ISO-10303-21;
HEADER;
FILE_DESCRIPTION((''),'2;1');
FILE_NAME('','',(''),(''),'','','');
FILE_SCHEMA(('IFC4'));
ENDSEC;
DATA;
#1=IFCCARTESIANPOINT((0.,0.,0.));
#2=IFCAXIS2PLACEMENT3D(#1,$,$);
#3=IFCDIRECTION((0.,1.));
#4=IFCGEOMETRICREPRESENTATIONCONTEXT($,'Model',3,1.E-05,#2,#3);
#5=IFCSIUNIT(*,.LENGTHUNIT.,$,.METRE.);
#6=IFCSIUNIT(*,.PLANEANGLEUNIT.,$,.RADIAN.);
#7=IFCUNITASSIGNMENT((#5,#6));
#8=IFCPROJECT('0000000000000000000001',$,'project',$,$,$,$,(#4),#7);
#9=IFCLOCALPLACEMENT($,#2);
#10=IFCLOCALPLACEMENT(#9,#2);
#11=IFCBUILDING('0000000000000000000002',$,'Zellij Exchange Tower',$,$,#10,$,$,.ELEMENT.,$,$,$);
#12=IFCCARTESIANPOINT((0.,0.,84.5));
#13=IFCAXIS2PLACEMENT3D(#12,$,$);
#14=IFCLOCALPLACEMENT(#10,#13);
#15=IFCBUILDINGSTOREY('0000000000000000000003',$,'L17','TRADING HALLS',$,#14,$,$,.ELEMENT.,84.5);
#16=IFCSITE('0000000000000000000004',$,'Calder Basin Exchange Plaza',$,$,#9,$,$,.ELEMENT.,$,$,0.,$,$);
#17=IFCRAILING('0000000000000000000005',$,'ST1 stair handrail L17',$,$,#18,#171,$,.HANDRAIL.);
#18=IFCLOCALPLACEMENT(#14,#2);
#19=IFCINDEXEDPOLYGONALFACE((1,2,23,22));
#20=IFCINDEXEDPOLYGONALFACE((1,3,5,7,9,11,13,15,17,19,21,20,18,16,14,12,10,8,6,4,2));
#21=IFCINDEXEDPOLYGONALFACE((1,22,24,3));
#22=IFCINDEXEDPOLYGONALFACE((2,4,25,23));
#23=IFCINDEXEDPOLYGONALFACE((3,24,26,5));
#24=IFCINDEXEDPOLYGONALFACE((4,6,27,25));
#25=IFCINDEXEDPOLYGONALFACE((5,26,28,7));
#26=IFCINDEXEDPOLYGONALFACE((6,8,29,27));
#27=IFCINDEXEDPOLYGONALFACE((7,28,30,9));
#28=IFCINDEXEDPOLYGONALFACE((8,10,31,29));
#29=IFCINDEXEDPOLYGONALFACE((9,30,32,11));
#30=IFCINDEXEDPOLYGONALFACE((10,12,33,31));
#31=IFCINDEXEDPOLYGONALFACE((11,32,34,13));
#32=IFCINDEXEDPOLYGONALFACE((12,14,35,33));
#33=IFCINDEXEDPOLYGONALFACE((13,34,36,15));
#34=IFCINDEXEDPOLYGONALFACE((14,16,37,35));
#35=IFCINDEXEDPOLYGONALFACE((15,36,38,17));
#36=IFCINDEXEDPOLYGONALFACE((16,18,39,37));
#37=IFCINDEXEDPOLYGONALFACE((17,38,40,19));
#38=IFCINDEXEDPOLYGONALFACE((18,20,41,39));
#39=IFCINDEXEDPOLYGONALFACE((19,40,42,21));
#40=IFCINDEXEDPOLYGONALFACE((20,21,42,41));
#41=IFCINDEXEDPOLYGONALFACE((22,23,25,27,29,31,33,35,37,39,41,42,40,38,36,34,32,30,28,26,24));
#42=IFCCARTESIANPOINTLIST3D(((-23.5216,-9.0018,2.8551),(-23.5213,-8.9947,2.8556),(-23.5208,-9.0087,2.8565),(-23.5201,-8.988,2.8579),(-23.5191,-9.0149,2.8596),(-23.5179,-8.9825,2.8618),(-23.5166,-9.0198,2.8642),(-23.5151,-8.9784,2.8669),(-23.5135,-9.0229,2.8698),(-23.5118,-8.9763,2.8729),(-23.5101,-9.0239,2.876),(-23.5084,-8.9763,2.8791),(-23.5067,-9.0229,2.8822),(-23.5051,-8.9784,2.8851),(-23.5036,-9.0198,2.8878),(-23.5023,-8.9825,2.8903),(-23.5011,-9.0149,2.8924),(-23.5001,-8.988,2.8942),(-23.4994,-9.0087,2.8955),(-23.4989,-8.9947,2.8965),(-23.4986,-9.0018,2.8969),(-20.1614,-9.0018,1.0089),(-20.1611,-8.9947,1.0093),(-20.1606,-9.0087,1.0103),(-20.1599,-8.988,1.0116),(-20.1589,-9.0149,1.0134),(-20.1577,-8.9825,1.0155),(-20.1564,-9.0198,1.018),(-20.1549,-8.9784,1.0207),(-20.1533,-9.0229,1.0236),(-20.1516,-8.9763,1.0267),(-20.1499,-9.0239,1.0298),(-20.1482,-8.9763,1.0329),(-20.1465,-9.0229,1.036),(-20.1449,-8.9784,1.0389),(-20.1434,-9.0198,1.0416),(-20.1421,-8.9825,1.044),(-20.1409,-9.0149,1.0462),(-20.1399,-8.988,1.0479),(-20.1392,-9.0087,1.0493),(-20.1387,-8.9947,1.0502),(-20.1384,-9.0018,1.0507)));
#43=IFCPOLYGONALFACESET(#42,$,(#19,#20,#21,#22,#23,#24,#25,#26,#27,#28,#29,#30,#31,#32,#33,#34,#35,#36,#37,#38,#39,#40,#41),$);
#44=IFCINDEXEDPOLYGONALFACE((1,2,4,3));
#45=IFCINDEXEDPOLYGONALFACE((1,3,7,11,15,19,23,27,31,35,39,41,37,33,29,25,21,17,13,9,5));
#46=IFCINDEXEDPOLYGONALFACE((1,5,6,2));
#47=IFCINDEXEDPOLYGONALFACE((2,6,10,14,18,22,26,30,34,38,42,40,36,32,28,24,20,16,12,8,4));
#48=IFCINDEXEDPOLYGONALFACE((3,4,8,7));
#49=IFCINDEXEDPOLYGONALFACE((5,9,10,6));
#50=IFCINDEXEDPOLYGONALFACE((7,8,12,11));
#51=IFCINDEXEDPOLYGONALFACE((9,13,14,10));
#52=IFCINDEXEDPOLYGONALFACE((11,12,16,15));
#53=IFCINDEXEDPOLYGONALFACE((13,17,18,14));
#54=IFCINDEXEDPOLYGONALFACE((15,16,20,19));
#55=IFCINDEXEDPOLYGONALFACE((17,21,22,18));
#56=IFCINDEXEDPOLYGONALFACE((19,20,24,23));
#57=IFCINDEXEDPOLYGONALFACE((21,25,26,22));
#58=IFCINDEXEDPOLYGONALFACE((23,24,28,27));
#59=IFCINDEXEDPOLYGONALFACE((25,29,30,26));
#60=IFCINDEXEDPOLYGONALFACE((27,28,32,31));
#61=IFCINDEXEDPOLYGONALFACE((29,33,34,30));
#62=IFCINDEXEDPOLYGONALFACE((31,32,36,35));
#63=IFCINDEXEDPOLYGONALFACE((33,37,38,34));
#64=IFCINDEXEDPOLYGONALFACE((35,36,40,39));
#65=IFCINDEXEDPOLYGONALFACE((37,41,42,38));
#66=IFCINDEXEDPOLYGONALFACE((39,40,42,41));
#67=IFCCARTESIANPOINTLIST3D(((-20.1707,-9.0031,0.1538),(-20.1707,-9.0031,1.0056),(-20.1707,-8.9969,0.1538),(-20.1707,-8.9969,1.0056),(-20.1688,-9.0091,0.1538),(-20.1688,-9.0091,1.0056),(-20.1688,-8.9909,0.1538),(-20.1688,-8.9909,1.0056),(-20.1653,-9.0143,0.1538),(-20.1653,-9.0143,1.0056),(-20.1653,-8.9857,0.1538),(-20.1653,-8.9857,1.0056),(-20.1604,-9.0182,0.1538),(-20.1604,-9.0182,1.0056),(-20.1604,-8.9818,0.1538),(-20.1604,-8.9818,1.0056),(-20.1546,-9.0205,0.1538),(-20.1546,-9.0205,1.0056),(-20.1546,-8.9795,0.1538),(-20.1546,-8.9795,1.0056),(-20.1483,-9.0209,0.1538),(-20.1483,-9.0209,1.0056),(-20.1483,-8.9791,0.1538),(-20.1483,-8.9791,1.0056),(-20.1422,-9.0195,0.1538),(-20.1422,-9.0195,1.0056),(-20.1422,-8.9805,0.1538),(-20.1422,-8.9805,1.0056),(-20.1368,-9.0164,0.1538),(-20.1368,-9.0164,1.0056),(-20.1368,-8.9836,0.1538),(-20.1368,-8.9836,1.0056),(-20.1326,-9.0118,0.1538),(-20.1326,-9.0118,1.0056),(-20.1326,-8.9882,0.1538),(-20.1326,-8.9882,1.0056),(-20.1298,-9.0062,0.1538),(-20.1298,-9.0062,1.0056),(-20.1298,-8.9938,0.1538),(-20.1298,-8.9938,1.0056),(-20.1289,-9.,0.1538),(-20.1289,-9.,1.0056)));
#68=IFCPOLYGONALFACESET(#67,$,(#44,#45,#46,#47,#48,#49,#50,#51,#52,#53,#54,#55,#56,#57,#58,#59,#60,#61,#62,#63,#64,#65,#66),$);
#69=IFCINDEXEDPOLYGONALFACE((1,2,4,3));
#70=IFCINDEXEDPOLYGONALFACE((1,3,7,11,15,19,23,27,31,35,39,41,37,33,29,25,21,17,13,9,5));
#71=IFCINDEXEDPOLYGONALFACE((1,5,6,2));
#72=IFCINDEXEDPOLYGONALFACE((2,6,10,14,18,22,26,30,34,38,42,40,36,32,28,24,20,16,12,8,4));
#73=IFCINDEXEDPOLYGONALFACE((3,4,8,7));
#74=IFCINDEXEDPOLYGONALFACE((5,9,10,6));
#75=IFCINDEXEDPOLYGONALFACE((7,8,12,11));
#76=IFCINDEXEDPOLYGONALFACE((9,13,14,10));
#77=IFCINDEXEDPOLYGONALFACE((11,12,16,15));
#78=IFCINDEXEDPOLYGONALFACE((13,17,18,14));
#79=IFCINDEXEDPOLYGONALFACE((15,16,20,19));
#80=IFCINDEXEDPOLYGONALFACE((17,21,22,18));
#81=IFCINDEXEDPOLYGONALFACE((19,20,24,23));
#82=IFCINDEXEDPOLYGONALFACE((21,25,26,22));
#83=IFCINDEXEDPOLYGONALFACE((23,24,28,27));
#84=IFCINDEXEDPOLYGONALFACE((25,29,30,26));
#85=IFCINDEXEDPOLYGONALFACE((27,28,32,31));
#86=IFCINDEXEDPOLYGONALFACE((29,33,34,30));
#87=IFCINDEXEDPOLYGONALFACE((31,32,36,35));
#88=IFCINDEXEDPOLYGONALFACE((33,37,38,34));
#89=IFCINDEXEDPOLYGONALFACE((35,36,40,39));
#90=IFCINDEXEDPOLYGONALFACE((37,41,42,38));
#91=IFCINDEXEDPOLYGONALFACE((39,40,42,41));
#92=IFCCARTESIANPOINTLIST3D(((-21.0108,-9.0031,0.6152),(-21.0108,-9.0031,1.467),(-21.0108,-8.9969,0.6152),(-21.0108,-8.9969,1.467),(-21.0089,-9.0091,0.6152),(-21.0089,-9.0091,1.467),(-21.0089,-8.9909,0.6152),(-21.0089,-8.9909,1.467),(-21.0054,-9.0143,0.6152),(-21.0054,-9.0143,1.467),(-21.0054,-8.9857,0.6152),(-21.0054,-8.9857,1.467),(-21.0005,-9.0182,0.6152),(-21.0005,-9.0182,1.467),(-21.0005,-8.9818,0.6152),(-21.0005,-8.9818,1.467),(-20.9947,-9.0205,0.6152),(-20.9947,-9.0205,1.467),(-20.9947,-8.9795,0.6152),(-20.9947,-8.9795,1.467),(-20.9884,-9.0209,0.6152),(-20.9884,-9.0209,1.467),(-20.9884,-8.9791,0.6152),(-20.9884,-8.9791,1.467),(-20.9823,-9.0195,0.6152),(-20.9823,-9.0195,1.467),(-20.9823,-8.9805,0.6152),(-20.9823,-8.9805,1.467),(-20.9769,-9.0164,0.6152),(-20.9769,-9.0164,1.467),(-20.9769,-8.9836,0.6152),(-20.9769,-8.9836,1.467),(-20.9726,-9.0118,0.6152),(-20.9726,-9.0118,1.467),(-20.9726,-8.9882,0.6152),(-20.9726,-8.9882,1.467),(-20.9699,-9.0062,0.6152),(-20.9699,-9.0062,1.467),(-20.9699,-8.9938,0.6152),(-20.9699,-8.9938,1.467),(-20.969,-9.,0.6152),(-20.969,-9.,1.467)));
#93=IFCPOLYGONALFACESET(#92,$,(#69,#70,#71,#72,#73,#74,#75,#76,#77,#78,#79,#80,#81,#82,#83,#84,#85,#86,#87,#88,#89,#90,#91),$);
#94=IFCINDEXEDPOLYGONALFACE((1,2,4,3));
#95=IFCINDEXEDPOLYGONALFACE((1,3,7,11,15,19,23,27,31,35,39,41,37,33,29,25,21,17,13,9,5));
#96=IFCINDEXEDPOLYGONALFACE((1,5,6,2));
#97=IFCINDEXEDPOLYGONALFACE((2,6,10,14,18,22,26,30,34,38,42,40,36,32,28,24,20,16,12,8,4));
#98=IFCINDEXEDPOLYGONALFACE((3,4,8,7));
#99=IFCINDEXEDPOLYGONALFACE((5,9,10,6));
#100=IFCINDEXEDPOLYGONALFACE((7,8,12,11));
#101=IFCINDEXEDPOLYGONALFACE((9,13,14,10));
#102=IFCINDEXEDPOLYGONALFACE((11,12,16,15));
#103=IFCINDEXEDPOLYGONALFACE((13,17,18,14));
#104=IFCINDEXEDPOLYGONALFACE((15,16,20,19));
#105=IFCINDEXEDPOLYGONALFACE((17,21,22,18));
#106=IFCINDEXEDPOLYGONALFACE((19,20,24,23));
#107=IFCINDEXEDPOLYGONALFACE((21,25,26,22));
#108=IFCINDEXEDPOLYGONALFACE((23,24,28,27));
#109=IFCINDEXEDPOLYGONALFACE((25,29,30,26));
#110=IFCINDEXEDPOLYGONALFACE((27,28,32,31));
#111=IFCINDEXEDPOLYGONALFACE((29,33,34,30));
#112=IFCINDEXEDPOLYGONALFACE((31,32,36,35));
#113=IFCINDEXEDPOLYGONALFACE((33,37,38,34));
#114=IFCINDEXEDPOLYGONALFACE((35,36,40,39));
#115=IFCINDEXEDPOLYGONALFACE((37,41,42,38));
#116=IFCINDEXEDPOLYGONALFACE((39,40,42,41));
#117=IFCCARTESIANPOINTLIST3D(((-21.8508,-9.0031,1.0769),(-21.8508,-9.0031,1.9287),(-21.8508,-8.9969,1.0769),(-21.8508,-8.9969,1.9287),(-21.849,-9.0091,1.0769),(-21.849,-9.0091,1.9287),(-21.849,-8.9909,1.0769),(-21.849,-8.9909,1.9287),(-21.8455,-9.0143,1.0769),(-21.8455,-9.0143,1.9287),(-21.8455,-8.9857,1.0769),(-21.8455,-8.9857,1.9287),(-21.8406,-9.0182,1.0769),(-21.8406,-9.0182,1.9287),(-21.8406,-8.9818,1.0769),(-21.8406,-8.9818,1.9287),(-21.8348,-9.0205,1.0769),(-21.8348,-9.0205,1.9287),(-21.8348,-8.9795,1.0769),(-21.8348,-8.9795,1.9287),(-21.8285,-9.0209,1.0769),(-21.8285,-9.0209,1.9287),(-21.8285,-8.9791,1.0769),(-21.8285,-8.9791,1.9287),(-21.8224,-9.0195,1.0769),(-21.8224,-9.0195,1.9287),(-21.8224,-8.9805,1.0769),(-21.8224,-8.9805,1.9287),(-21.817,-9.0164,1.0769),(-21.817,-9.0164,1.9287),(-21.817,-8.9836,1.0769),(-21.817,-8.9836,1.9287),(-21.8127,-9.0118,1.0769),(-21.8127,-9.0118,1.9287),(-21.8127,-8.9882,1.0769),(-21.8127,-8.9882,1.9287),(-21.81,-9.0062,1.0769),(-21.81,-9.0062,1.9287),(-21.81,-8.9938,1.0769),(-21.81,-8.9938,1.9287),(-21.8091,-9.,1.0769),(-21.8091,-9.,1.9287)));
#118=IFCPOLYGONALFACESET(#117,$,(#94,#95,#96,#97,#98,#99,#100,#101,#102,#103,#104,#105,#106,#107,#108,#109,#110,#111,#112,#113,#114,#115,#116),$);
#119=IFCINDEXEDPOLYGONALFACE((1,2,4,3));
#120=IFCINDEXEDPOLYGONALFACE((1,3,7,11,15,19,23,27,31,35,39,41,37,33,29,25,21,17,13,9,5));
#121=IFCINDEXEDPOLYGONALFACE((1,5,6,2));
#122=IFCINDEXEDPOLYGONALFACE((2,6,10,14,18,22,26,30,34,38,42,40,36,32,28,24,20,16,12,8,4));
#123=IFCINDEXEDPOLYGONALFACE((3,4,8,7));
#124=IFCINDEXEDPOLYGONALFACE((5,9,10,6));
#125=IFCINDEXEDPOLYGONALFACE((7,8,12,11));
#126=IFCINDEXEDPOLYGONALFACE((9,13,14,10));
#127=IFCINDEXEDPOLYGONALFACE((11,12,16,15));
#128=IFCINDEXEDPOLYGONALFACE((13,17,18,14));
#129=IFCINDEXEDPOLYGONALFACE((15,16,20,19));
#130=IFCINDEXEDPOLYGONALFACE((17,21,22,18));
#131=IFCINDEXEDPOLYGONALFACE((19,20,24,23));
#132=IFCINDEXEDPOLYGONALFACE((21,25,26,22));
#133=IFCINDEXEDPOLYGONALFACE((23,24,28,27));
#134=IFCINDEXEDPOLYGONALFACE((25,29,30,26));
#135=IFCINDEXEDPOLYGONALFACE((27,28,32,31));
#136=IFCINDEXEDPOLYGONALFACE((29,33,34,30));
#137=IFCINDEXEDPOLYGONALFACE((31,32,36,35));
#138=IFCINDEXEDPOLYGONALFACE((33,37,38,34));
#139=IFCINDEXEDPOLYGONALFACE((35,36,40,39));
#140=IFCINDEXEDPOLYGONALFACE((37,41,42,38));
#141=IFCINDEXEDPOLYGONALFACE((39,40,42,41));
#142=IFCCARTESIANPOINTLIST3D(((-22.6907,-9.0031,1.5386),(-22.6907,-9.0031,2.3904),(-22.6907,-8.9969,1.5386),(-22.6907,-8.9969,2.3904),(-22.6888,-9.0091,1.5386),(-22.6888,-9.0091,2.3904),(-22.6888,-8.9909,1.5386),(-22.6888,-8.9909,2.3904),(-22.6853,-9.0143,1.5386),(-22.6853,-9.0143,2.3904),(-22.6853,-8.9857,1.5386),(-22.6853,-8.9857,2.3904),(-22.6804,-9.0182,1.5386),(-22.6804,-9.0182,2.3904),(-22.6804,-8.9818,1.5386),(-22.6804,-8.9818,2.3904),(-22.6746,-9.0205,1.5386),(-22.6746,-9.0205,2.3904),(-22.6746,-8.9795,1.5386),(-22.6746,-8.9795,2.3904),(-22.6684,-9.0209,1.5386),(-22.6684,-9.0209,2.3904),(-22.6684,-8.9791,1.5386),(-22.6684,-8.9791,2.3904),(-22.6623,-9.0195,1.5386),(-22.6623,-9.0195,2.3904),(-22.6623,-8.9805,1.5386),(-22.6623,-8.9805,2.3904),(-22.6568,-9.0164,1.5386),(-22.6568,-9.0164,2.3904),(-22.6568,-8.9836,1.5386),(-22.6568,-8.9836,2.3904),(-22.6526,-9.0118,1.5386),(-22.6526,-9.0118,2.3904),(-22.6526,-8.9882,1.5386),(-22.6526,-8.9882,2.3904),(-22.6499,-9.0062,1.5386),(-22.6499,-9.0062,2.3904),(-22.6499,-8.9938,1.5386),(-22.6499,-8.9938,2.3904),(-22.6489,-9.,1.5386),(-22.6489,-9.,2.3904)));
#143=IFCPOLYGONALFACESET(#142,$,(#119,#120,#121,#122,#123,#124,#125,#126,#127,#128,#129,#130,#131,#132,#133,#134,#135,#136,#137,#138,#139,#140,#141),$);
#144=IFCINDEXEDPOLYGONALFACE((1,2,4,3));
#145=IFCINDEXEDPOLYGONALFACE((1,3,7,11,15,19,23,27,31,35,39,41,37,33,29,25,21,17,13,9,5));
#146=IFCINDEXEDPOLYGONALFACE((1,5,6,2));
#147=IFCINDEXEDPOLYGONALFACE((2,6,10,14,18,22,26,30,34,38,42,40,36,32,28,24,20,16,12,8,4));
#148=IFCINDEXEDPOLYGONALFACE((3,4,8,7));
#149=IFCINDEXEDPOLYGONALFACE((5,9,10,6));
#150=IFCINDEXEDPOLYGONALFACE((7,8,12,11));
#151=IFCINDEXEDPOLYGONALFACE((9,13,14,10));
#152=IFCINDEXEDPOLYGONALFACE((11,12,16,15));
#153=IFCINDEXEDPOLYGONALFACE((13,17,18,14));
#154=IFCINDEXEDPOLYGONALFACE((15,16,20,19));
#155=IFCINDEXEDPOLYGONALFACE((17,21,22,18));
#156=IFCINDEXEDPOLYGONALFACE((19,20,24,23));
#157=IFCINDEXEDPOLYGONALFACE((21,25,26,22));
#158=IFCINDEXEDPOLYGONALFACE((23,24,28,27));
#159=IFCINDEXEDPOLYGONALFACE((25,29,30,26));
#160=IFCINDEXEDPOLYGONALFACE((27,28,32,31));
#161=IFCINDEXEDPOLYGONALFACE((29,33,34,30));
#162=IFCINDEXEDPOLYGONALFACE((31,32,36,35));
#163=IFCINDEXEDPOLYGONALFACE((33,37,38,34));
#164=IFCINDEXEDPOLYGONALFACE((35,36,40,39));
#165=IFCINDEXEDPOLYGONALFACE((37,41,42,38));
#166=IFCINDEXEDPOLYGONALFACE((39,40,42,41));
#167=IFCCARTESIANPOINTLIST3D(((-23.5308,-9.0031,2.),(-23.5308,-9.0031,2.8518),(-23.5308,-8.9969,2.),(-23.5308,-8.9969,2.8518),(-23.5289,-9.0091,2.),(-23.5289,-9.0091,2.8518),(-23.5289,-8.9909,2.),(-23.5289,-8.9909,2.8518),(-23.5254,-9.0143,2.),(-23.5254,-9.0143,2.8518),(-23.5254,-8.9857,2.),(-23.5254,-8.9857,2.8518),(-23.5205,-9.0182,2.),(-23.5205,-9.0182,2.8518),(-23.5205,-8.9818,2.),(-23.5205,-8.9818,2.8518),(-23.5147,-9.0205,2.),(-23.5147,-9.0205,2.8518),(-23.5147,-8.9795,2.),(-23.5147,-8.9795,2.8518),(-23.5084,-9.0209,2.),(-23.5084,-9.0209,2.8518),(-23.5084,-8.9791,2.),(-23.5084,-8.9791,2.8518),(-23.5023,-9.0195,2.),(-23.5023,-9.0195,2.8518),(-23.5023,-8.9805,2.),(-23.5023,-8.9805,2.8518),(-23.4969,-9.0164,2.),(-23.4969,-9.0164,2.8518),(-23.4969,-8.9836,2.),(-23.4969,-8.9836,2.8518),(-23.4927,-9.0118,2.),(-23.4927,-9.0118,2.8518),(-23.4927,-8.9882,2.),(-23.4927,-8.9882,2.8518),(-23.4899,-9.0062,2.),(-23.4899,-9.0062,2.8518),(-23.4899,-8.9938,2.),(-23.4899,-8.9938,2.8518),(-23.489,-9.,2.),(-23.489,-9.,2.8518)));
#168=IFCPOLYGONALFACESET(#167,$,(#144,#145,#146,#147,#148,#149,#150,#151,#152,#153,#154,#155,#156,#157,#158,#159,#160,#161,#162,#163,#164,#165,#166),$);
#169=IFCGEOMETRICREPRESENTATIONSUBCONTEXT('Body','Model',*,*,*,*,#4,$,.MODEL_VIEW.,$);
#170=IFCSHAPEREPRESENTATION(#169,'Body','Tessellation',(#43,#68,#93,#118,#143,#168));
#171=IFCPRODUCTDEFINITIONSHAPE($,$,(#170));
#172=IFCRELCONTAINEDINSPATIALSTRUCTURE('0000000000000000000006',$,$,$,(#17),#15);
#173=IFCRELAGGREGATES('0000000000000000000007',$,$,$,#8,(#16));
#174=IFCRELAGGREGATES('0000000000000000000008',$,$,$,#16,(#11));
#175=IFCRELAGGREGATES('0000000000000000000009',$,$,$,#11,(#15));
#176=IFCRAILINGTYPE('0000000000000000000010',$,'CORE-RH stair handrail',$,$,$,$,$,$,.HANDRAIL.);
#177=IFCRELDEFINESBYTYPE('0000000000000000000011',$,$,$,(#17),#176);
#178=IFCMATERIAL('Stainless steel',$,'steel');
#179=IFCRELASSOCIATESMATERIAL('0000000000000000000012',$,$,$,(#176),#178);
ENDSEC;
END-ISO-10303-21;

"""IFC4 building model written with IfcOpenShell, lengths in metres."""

from ifc_helpers import new_model, si_unit, direction, frame, origin, origin_2d, place, context, subcontext, project, spatial, circle, extrude, material, type_object, element, save


model = new_model("IFC4")

# Units and contexts
model_context = context("Model", 3, precision=1e-05, world=origin(), true_north=direction((0.0, 1.0)))
body_context = subcontext(model_context, "Body", "Model", "MODEL_VIEW")
ifc_project = project(units=[si_unit("LENGTHUNIT", "METRE"), si_unit("PLANEANGLEUNIT", "RADIAN")], contexts=[model_context])

# Site, building, storey
site_placement = place(None, origin())
site = spatial("IfcSite", under=ifc_project, at=site_placement, Name="Calder Basin Exchange Plaza", CompositionType="ELEMENT", RefElevation=0.0)
building_placement = place(site_placement, origin())
building = spatial("IfcBuilding", under=site, at=building_placement, Name="Zellij Exchange Tower", CompositionType="ELEMENT")
storey_placement = place(building_placement, frame((0.0, 0.0, 84.5)))
storey = spatial("IfcBuildingStorey", under=building, at=storey_placement, Name="L17", Description="TRADING HALLS", CompositionType="ELEMENT", Elevation=84.5)

# Railing
ifc_material_1 = material(Name="Stainless steel", Category="steel")
railing_type_1 = type_object("IfcRailingType", Name="CORE-RH stair handrail", PredefinedType="HANDRAIL", material=ifc_material_1)
railing_1_placement = place(storey_placement, frame((-20.1499, -9.0, 0.1538)))
element("IfcRailing", 1, at=railing_1_placement, inside=storey, type_object=railing_type_1, Name="ST1 stair handrail L17", PredefinedType="HANDRAIL", context=body_context, shape_type="SweptSolid", body=[
    extrude(circle(Radius=0.0239, at=origin_2d()), frame((0.0, 0.0, 0.876), z_axis=(-0.876422, 0.0, 0.481545), x_axis=(0.0, -1.0, 0.0)), (0.0, 0.0, 1.0), 3.834),
    extrude(circle(Radius=0.021, at=origin_2d()), origin(), (0.0, 0.0, 1.0), 0.8518),
    extrude(circle(Radius=0.021, at=origin_2d()), frame((-0.8401, 0.0, 0.4614)), (0.0, 0.0, 1.0), 0.8518),
    extrude(circle(Radius=0.021, at=origin_2d()), frame((-1.6802, 0.0, 0.9231)), (0.0, 0.0, 1.0), 0.8518),
    extrude(circle(Radius=0.021, at=origin_2d()), frame((-2.52, 0.0, 1.3848)), (0.0, 0.0, 1.0), 0.8518),
    extrude(circle(Radius=0.021, at=origin_2d()), frame((-3.3601, 0.0, 1.8462)), (0.0, 0.0, 1.0), 0.8518),
])

save(model, "model.ifc")
